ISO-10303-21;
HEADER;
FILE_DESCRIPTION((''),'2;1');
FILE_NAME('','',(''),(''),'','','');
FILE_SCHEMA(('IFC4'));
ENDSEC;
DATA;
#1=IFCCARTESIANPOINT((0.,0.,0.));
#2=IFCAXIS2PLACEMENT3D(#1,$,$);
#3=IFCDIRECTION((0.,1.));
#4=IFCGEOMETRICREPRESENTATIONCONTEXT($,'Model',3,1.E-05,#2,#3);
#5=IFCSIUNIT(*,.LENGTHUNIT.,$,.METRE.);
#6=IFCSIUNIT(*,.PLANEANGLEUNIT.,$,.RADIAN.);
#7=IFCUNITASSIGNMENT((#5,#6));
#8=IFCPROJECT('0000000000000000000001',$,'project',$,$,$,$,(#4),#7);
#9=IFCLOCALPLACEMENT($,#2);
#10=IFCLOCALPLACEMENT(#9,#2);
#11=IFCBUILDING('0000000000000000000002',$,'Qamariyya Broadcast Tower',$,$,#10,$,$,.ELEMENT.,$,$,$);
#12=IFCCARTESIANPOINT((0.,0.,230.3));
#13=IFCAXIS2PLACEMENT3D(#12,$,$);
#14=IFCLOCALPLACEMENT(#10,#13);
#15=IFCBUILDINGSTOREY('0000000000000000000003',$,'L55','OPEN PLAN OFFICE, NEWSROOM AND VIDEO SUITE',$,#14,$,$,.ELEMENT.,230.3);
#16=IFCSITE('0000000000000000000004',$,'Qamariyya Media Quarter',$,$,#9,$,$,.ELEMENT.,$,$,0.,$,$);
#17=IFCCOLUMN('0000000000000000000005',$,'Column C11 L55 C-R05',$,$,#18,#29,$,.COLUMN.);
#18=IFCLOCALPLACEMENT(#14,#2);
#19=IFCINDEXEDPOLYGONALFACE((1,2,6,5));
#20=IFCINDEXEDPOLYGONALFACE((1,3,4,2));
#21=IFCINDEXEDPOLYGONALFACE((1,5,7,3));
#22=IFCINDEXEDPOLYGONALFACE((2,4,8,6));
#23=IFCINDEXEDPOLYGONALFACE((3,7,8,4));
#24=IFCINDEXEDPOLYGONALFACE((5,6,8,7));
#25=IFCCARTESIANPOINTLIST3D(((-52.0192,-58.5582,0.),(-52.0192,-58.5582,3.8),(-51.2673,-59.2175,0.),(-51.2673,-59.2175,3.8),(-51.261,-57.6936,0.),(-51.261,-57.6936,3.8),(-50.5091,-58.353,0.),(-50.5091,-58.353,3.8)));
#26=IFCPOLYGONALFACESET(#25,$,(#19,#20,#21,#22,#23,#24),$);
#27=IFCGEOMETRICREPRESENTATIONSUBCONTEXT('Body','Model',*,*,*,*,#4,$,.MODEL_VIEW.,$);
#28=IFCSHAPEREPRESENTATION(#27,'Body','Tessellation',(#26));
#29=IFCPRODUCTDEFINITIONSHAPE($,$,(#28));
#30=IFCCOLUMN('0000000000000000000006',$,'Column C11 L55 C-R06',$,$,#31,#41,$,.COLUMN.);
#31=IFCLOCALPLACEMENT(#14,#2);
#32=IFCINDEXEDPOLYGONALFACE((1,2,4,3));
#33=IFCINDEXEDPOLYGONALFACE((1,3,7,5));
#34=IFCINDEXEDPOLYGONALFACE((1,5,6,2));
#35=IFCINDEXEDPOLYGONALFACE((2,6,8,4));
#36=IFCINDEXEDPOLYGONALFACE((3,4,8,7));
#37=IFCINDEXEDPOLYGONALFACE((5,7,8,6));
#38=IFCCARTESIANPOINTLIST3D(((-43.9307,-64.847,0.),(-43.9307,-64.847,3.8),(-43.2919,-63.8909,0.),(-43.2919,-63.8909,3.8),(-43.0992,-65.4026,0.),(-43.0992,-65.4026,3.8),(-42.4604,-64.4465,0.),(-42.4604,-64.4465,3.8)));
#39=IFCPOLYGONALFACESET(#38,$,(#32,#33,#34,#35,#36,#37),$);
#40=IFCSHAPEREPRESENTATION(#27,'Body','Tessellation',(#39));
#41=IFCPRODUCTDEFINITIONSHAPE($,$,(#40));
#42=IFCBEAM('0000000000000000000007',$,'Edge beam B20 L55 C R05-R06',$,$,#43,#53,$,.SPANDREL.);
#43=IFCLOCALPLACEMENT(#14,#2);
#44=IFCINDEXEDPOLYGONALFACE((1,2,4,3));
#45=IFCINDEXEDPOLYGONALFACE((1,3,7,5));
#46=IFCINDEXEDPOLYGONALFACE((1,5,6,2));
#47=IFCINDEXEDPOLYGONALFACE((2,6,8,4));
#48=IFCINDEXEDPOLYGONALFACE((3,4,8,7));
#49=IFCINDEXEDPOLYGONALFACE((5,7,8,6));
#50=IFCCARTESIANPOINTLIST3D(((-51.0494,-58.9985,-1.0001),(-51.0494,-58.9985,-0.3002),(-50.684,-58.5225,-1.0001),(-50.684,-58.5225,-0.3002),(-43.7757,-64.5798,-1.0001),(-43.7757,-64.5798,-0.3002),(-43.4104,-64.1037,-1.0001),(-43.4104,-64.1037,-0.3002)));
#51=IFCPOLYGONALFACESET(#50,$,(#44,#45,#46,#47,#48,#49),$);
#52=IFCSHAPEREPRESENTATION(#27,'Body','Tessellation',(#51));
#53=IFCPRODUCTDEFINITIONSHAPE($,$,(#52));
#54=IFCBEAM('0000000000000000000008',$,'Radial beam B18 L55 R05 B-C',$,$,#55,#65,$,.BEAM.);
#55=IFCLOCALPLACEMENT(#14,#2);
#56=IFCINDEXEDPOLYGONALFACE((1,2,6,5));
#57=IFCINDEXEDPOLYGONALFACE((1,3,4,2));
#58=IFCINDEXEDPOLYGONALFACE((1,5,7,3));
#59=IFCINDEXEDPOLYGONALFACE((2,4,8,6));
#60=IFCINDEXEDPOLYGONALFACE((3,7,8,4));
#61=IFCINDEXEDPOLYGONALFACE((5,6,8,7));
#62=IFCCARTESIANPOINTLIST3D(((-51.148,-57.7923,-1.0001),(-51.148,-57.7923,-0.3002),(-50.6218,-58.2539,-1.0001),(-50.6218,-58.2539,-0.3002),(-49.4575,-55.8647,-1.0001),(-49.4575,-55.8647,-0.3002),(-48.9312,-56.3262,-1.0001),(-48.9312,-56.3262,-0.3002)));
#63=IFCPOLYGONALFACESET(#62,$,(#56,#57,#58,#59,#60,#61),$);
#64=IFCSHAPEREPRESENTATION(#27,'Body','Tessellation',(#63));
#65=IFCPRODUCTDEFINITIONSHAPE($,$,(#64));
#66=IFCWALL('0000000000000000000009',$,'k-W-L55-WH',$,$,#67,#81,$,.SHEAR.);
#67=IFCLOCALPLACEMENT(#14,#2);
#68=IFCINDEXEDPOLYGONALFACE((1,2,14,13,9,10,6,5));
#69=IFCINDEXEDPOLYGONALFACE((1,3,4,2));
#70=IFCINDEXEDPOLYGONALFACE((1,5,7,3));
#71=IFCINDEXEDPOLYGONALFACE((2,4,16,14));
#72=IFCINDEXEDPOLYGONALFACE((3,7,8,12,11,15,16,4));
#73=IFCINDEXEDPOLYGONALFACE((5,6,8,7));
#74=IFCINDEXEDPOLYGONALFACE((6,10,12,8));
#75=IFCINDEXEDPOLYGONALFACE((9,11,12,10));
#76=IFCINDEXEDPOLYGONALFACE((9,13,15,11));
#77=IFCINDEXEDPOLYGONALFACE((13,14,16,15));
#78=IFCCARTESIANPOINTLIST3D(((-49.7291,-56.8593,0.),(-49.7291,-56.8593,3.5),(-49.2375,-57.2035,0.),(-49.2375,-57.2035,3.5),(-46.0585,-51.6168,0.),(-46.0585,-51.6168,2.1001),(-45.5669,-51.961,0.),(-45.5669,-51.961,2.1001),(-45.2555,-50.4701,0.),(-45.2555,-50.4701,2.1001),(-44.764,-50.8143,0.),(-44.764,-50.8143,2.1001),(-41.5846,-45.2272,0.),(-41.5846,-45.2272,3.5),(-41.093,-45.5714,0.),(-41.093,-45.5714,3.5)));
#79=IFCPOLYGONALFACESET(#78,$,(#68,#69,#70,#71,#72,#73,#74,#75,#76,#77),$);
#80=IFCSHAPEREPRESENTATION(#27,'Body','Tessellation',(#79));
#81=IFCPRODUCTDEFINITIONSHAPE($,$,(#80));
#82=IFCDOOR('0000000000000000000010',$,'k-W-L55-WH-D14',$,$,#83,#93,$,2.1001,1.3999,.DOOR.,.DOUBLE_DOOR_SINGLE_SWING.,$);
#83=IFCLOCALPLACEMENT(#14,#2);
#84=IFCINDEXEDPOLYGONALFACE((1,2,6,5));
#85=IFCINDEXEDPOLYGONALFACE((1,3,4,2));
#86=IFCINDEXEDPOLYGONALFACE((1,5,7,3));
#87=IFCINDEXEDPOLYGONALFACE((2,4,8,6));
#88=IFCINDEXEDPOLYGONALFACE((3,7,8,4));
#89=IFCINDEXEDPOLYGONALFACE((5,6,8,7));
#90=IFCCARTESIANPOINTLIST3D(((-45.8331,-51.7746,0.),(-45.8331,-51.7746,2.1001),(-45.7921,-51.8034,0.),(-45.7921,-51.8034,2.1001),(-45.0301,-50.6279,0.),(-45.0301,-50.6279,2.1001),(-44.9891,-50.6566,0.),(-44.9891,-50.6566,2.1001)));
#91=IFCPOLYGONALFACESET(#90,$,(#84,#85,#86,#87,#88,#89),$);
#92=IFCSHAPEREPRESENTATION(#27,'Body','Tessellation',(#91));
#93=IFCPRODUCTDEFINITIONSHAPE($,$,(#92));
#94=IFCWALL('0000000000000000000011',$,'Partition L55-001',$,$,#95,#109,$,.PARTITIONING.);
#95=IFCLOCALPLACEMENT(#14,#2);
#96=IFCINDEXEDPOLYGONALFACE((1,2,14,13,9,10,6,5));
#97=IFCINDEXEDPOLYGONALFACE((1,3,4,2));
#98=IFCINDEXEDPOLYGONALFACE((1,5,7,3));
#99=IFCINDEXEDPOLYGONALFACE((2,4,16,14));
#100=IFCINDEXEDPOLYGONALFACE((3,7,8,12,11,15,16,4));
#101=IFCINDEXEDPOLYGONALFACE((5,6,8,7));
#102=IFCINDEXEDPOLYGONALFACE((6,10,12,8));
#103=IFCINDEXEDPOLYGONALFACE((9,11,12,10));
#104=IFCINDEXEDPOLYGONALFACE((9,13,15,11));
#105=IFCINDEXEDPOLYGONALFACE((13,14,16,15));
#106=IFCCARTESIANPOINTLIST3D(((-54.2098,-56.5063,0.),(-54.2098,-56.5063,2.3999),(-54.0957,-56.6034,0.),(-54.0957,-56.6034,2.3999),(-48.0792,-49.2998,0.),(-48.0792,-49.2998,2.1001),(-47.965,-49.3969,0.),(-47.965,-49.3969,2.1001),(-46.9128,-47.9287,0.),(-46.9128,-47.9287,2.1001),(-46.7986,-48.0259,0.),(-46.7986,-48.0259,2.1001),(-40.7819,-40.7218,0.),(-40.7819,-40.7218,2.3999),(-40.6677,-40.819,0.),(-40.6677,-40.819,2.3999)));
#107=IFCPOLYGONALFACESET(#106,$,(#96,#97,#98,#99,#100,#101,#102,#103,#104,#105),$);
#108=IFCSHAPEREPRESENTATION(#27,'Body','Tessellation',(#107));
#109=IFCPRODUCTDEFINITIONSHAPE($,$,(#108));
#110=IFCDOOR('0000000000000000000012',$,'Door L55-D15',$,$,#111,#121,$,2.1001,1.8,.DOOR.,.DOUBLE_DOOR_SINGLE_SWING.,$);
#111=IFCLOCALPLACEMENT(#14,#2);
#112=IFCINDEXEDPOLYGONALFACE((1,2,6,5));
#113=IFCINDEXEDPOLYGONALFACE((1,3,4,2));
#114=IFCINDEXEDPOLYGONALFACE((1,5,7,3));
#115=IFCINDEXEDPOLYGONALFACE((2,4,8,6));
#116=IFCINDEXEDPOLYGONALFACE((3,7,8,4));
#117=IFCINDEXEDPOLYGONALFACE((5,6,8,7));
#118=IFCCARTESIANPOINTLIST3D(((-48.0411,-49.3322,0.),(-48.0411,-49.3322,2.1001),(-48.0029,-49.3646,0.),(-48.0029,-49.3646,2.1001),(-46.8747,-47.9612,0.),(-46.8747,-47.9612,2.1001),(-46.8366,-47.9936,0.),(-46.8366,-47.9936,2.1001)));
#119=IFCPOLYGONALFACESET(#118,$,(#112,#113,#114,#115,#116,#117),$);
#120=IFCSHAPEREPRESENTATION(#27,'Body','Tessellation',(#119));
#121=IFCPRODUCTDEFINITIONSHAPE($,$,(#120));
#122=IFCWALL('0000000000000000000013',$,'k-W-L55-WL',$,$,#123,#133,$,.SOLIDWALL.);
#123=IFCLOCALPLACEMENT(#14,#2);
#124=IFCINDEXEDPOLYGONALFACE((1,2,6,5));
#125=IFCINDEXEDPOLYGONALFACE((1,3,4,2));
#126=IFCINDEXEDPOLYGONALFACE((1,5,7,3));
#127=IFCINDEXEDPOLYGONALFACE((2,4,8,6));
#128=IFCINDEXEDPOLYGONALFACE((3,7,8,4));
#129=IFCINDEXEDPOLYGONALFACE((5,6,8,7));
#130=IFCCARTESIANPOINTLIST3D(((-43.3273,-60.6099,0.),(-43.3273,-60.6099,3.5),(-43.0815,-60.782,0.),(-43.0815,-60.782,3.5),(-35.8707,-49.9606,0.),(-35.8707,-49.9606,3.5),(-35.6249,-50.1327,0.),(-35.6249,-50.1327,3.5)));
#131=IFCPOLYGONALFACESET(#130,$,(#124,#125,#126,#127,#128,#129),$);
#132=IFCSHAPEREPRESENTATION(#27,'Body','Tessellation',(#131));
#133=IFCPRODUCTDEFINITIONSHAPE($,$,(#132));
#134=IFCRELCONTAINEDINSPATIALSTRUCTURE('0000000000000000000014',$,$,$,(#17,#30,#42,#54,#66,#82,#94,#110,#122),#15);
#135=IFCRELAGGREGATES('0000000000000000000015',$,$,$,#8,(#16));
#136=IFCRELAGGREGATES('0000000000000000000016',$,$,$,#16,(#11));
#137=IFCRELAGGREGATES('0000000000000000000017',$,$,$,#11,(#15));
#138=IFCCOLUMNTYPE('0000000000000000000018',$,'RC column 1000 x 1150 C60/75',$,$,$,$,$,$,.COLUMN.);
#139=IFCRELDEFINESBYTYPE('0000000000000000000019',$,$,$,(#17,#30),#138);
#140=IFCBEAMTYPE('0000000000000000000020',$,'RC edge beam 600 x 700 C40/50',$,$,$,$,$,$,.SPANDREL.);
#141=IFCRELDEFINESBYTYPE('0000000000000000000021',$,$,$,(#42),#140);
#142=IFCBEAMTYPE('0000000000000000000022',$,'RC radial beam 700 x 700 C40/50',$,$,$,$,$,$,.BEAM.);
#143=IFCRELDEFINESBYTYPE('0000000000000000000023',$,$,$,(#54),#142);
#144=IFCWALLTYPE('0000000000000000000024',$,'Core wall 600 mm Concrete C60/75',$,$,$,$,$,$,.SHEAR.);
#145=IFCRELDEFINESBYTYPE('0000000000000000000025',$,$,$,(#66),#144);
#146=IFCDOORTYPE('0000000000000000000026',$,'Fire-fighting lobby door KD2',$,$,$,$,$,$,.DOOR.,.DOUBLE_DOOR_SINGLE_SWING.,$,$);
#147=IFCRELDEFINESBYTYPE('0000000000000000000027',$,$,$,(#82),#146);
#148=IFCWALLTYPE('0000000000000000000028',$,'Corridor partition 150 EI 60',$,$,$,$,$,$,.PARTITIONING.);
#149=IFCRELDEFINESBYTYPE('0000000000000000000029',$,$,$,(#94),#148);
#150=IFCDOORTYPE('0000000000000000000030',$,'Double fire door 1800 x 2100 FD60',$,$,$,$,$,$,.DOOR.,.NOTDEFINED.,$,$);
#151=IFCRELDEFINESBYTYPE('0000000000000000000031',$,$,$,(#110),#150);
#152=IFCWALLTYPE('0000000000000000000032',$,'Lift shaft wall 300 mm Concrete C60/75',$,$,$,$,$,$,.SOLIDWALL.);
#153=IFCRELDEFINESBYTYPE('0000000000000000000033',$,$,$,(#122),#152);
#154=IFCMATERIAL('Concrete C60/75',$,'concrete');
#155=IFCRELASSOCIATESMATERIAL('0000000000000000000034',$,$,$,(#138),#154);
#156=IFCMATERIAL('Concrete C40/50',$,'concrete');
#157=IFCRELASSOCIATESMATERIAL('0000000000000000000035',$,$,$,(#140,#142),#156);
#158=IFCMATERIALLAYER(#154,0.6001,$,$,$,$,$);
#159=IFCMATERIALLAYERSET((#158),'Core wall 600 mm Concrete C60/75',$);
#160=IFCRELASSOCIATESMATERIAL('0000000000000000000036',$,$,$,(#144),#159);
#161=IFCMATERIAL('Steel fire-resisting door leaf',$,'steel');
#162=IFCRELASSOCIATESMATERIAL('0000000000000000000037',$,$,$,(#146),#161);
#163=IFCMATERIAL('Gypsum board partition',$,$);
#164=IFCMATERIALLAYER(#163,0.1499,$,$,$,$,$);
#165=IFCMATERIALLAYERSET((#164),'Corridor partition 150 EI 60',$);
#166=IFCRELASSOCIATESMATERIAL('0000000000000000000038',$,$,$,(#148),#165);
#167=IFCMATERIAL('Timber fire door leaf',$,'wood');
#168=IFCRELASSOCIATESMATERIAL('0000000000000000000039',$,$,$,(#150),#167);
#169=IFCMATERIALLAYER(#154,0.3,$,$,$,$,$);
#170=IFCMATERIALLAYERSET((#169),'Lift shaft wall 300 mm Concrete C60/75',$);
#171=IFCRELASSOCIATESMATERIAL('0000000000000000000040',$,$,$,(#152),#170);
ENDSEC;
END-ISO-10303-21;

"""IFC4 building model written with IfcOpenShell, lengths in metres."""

from ifc_helpers import new_model, si_unit, direction, frame, frame_2d, origin, origin_2d, place, context, subcontext, project, spatial, rectangle, extrude, material, layer, layer_set, material_profile, profile_set, type_object, element, fill, save


model = new_model("IFC4")

# Units and contexts
model_context = context("Model", 3, precision=1e-05, world=origin(), true_north=direction((0.0, 1.0)))
body_context = subcontext(model_context, "Body", "Model", "MODEL_VIEW")
ifc_project = project(units=[si_unit("LENGTHUNIT", "METRE"), si_unit("PLANEANGLEUNIT", "RADIAN")], contexts=[model_context])

# Site, building, storey
site_placement = place(None, origin())
site = spatial("IfcSite", under=ifc_project, at=site_placement, Name="Qamariyya Media Quarter", CompositionType="ELEMENT", RefElevation=0.0)
building_placement = place(site_placement, origin())
building = spatial("IfcBuilding", under=site, at=building_placement, Name="Qamariyya Broadcast Tower", CompositionType="ELEMENT")
storey_placement = place(building_placement, frame((0.0, 0.0, 230.3)))
storey = spatial("IfcBuildingStorey", under=building, at=storey_placement, Name="L55", Description="OPEN PLAN OFFICE, NEWSROOM AND VIDEO SUITE", CompositionType="ELEMENT", Elevation=230.3)

# Columns
ifc_material_1 = material(Name="Concrete C60/75", Category="concrete")
ifc_material_profile_1 = material_profile(ifc_material_1, rectangle(XDim=1.0, YDim=1.1499, at=origin_2d()))
ifc_profile_set_1 = profile_set([ifc_material_profile_1], Name="Concrete C60/75")
column_type = type_object("IfcColumnType", Name="RC column 1000 x 1150 C60/75", PredefinedType="COLUMN", material=ifc_profile_set_1)
for number, where, z_axis, x_axis, name in (
    (1, (-51.2642, -58.4556, 0.0), (0.0, 0.0, 1.0), (0.75184, -0.659346, 0.0), "Column C11 L55 C-R05"),
    (2, (-43.1956, -64.6467, 0.0), (0.0, 0.0, 1.0), (0.83147, -0.55557, 0.0), "Column C11 L55 C-R06"),
):
    element("IfcColumn", number, at=place(storey_placement, frame(where, z_axis=z_axis, x_axis=x_axis)), inside=storey, type_object=column_type, Name=name, PredefinedType="COLUMN", context=body_context, shape_type="SweptSolid", body=[
        extrude(rectangle(XDim=1.0, YDim=1.1499, at=origin_2d()), origin(), (0.0, 0.0, 1.0), 3.8),
    ])

# Beams
ifc_material_2 = material(Name="Concrete C40/50", Category="concrete")
ifc_material_profile_2 = material_profile(ifc_material_2, rectangle(XDim=0.6001, YDim=0.7, at=origin_2d()))
ifc_profile_set_2 = profile_set([ifc_material_profile_2], Name="Concrete C40/50")
beam_type_1 = type_object("IfcBeamType", Name="RC edge beam 600 x 700 C40/50", PredefinedType="SPANDREL", material=ifc_profile_set_2)
beam_1_placement = place(storey_placement, frame((-50.8667, -58.7605, -0.6501), z_axis=(0.793353, -0.608762, 0.0), x_axis=(0.608762, 0.793353, 0.0)))
element("IfcBeam", 3, at=beam_1_placement, inside=storey, type_object=beam_type_1, Name="Edge beam B20 L55 C R05-R06", PredefinedType="SPANDREL", context=body_context, shape_type="SweptSolid", body=[
    extrude(rectangle(XDim=0.6001, YDim=0.7, at=origin_2d()), origin(), (0.0, 0.0, 1.0), 9.1682),
])
ifc_material_profile_3 = material_profile(ifc_material_2, rectangle(XDim=0.7, YDim=0.7, at=origin_2d()))
ifc_profile_set_3 = profile_set([ifc_material_profile_3], Name="Concrete C40/50")
beam_type_2 = type_object("IfcBeamType", Name="RC radial beam 700 x 700 C40/50", PredefinedType="BEAM", material=ifc_profile_set_3)
beam_2_placement = place(storey_placement, frame((-49.1943, -56.0955, -0.6501), z_axis=(-0.659367, -0.751821, 0.0), x_axis=(0.751821, -0.659367, 0.0)))
element("IfcBeam", 4, at=beam_2_placement, inside=storey, type_object=beam_type_2, Name="Radial beam B18 L55 R05 B-C", PredefinedType="BEAM", context=body_context, shape_type="SweptSolid", body=[
    extrude(rectangle(XDim=0.7, YDim=0.7, at=origin_2d()), origin(), (0.0, 0.0, 1.0), 2.564),
])

# Walls, openings, doors
ifc_layer_1 = layer(ifc_material_1, 0.6001)
ifc_layer_set_1 = layer_set([ifc_layer_1], Name="Core wall 600 mm Concrete C60/75")
wall_type_1 = type_object("IfcWallType", Name="Core wall 600 mm Concrete C60/75", PredefinedType="SHEAR", material=ifc_layer_set_1)
wall_1_placement = place(storey_placement, frame((-49.4834, -57.0315, 0.0), z_axis=(0.0, 0.0, 1.0), x_axis=(0.57356, 0.819163, 0.0)))
wall_1 = element("IfcWall", 5, at=wall_1_placement, inside=storey, type_object=wall_type_1, Name="k-W-L55-WH", PredefinedType="SHEAR", context=body_context, shape_type="SweptSolid", body=[
    extrude(rectangle(XDim=14.2, YDim=0.6001, at=frame_2d((7.1001, 0.0))), origin(), (0.0, 0.0, 1.0), 3.5),
])
opening_1_placement = place(wall_1_placement, frame((6.3999, 0.0, 0.0)))
opening_1 = element("IfcOpeningElement", 6, at=opening_1_placement, cuts=wall_1, PredefinedType="OPENING", context=body_context, shape_type="SweptSolid", body=[
    extrude(rectangle(XDim=1.3999, YDim=2.1001, at=frame_2d((0.7, 1.05))), frame((0.0, 0.3101, 0.0), z_axis=(0.0, -1.0, 0.0), x_axis=(1.0, 0.0, 0.0)), (0.0, 0.0, 1.0), 0.6201),
])
ifc_material_3 = material(Name="Steel fire-resisting door leaf", Category="steel")
door_type_1 = type_object("IfcDoorType", Name="Fire-fighting lobby door KD2", OperationType="DOUBLE_DOOR_SINGLE_SWING", PredefinedType="DOOR", material=ifc_material_3)
door_1_placement = place(opening_1_placement, origin())
door_1 = element("IfcDoor", 7, at=door_1_placement, inside=storey, type_object=door_type_1, Name="k-W-L55-WH-D14", OperationType="DOUBLE_DOOR_SINGLE_SWING", OverallHeight=2.1001, OverallWidth=1.3999, PredefinedType="DOOR", context=body_context, shape_type="SweptSolid", body=[
    extrude(rectangle(XDim=1.3999, YDim=2.1001, at=frame_2d((0.7, 1.05))), frame((0.0, 0.0249, 0.0), z_axis=(0.0, -1.0, 0.0), x_axis=(1.0, 0.0, 0.0)), (0.0, 0.0, 1.0), 0.05),
])
fill(opening_1, door_1)
ifc_material_4 = material(Name="Gypsum board partition")
ifc_layer_2 = layer(ifc_material_4, 0.1499)
ifc_layer_set_2 = layer_set([ifc_layer_2], Name="Corridor partition 150 EI 60")
wall_type_2 = type_object("IfcWallType", Name="Corridor partition 150 EI 60", PredefinedType="PARTITIONING", material=ifc_layer_set_2)
wall_2_placement = place(storey_placement, frame((-54.1528, -56.5549, 0.0), z_axis=(0.0, 0.0, 1.0), x_axis=(0.647963, 0.761672, 0.0)))
wall_2 = element("IfcWall", 8, at=wall_2_placement, inside=storey, type_object=wall_type_2, Name="Partition L55-001", PredefinedType="PARTITIONING", context=body_context, shape_type="SweptSolid", body=[
    extrude(rectangle(XDim=20.7234, YDim=0.1499, at=frame_2d((10.3618, 0.0))), origin(), (0.0, 0.0, 1.0), 2.3999),
])
opening_2_placement = place(wall_2_placement, frame((9.4617, 0.0, 0.0)))
opening_2 = element("IfcOpeningElement", 9, at=opening_2_placement, cuts=wall_2, PredefinedType="OPENING", context=body_context, shape_type="SweptSolid", body=[
    extrude(rectangle(XDim=1.8, YDim=2.1001, at=frame_2d((0.8999, 1.05))), frame((0.0, 0.085, 0.0), z_axis=(0.0, -1.0, 0.0), x_axis=(1.0, 0.0, 0.0)), (0.0, 0.0, 1.0), 0.1699),
])
ifc_material_5 = material(Name="Timber fire door leaf", Category="wood")
door_type_2 = type_object("IfcDoorType", Name="Double fire door 1800 x 2100 FD60", OperationType="NOTDEFINED", PredefinedType="DOOR", material=ifc_material_5)
door_2_placement = place(opening_2_placement, origin())
door_2 = element("IfcDoor", 10, at=door_2_placement, inside=storey, type_object=door_type_2, Name="Door L55-D15", OperationType="DOUBLE_DOOR_SINGLE_SWING", OverallHeight=2.1001, OverallWidth=1.8, PredefinedType="DOOR", context=body_context, shape_type="SweptSolid", body=[
    extrude(rectangle(XDim=1.8, YDim=2.1001, at=frame_2d((0.8999, 1.05))), frame((0.0, 0.0249, 0.0), z_axis=(0.0, -1.0, 0.0), x_axis=(1.0, 0.0, 0.0)), (0.0, 0.0, 1.0), 0.05),
])
fill(opening_2, door_2)

# Wall
ifc_layer_3 = layer(ifc_material_1, 0.3)
ifc_layer_set_3 = layer_set([ifc_layer_3], Name="Lift shaft wall 300 mm Concrete C60/75")
wall_type_3 = type_object("IfcWallType", Name="Lift shaft wall 300 mm Concrete C60/75", PredefinedType="SOLIDWALL", material=ifc_layer_set_3)
wall_3_placement = place(storey_placement, frame((-43.2043, -60.6958, 0.0), z_axis=(0.0, 0.0, 1.0), x_axis=(0.573572, 0.819155, 0.0)))
element("IfcWall", 11, at=wall_3_placement, inside=storey, type_object=wall_type_3, Name="k-W-L55-WL", PredefinedType="SOLIDWALL", context=body_context, shape_type="SweptSolid", body=[
    extrude(rectangle(XDim=13.0002, YDim=0.3, at=frame_2d((6.5, 0.0))), origin(), (0.0, 0.0, 1.0), 3.5),
])

save(model, "model.ifc")
